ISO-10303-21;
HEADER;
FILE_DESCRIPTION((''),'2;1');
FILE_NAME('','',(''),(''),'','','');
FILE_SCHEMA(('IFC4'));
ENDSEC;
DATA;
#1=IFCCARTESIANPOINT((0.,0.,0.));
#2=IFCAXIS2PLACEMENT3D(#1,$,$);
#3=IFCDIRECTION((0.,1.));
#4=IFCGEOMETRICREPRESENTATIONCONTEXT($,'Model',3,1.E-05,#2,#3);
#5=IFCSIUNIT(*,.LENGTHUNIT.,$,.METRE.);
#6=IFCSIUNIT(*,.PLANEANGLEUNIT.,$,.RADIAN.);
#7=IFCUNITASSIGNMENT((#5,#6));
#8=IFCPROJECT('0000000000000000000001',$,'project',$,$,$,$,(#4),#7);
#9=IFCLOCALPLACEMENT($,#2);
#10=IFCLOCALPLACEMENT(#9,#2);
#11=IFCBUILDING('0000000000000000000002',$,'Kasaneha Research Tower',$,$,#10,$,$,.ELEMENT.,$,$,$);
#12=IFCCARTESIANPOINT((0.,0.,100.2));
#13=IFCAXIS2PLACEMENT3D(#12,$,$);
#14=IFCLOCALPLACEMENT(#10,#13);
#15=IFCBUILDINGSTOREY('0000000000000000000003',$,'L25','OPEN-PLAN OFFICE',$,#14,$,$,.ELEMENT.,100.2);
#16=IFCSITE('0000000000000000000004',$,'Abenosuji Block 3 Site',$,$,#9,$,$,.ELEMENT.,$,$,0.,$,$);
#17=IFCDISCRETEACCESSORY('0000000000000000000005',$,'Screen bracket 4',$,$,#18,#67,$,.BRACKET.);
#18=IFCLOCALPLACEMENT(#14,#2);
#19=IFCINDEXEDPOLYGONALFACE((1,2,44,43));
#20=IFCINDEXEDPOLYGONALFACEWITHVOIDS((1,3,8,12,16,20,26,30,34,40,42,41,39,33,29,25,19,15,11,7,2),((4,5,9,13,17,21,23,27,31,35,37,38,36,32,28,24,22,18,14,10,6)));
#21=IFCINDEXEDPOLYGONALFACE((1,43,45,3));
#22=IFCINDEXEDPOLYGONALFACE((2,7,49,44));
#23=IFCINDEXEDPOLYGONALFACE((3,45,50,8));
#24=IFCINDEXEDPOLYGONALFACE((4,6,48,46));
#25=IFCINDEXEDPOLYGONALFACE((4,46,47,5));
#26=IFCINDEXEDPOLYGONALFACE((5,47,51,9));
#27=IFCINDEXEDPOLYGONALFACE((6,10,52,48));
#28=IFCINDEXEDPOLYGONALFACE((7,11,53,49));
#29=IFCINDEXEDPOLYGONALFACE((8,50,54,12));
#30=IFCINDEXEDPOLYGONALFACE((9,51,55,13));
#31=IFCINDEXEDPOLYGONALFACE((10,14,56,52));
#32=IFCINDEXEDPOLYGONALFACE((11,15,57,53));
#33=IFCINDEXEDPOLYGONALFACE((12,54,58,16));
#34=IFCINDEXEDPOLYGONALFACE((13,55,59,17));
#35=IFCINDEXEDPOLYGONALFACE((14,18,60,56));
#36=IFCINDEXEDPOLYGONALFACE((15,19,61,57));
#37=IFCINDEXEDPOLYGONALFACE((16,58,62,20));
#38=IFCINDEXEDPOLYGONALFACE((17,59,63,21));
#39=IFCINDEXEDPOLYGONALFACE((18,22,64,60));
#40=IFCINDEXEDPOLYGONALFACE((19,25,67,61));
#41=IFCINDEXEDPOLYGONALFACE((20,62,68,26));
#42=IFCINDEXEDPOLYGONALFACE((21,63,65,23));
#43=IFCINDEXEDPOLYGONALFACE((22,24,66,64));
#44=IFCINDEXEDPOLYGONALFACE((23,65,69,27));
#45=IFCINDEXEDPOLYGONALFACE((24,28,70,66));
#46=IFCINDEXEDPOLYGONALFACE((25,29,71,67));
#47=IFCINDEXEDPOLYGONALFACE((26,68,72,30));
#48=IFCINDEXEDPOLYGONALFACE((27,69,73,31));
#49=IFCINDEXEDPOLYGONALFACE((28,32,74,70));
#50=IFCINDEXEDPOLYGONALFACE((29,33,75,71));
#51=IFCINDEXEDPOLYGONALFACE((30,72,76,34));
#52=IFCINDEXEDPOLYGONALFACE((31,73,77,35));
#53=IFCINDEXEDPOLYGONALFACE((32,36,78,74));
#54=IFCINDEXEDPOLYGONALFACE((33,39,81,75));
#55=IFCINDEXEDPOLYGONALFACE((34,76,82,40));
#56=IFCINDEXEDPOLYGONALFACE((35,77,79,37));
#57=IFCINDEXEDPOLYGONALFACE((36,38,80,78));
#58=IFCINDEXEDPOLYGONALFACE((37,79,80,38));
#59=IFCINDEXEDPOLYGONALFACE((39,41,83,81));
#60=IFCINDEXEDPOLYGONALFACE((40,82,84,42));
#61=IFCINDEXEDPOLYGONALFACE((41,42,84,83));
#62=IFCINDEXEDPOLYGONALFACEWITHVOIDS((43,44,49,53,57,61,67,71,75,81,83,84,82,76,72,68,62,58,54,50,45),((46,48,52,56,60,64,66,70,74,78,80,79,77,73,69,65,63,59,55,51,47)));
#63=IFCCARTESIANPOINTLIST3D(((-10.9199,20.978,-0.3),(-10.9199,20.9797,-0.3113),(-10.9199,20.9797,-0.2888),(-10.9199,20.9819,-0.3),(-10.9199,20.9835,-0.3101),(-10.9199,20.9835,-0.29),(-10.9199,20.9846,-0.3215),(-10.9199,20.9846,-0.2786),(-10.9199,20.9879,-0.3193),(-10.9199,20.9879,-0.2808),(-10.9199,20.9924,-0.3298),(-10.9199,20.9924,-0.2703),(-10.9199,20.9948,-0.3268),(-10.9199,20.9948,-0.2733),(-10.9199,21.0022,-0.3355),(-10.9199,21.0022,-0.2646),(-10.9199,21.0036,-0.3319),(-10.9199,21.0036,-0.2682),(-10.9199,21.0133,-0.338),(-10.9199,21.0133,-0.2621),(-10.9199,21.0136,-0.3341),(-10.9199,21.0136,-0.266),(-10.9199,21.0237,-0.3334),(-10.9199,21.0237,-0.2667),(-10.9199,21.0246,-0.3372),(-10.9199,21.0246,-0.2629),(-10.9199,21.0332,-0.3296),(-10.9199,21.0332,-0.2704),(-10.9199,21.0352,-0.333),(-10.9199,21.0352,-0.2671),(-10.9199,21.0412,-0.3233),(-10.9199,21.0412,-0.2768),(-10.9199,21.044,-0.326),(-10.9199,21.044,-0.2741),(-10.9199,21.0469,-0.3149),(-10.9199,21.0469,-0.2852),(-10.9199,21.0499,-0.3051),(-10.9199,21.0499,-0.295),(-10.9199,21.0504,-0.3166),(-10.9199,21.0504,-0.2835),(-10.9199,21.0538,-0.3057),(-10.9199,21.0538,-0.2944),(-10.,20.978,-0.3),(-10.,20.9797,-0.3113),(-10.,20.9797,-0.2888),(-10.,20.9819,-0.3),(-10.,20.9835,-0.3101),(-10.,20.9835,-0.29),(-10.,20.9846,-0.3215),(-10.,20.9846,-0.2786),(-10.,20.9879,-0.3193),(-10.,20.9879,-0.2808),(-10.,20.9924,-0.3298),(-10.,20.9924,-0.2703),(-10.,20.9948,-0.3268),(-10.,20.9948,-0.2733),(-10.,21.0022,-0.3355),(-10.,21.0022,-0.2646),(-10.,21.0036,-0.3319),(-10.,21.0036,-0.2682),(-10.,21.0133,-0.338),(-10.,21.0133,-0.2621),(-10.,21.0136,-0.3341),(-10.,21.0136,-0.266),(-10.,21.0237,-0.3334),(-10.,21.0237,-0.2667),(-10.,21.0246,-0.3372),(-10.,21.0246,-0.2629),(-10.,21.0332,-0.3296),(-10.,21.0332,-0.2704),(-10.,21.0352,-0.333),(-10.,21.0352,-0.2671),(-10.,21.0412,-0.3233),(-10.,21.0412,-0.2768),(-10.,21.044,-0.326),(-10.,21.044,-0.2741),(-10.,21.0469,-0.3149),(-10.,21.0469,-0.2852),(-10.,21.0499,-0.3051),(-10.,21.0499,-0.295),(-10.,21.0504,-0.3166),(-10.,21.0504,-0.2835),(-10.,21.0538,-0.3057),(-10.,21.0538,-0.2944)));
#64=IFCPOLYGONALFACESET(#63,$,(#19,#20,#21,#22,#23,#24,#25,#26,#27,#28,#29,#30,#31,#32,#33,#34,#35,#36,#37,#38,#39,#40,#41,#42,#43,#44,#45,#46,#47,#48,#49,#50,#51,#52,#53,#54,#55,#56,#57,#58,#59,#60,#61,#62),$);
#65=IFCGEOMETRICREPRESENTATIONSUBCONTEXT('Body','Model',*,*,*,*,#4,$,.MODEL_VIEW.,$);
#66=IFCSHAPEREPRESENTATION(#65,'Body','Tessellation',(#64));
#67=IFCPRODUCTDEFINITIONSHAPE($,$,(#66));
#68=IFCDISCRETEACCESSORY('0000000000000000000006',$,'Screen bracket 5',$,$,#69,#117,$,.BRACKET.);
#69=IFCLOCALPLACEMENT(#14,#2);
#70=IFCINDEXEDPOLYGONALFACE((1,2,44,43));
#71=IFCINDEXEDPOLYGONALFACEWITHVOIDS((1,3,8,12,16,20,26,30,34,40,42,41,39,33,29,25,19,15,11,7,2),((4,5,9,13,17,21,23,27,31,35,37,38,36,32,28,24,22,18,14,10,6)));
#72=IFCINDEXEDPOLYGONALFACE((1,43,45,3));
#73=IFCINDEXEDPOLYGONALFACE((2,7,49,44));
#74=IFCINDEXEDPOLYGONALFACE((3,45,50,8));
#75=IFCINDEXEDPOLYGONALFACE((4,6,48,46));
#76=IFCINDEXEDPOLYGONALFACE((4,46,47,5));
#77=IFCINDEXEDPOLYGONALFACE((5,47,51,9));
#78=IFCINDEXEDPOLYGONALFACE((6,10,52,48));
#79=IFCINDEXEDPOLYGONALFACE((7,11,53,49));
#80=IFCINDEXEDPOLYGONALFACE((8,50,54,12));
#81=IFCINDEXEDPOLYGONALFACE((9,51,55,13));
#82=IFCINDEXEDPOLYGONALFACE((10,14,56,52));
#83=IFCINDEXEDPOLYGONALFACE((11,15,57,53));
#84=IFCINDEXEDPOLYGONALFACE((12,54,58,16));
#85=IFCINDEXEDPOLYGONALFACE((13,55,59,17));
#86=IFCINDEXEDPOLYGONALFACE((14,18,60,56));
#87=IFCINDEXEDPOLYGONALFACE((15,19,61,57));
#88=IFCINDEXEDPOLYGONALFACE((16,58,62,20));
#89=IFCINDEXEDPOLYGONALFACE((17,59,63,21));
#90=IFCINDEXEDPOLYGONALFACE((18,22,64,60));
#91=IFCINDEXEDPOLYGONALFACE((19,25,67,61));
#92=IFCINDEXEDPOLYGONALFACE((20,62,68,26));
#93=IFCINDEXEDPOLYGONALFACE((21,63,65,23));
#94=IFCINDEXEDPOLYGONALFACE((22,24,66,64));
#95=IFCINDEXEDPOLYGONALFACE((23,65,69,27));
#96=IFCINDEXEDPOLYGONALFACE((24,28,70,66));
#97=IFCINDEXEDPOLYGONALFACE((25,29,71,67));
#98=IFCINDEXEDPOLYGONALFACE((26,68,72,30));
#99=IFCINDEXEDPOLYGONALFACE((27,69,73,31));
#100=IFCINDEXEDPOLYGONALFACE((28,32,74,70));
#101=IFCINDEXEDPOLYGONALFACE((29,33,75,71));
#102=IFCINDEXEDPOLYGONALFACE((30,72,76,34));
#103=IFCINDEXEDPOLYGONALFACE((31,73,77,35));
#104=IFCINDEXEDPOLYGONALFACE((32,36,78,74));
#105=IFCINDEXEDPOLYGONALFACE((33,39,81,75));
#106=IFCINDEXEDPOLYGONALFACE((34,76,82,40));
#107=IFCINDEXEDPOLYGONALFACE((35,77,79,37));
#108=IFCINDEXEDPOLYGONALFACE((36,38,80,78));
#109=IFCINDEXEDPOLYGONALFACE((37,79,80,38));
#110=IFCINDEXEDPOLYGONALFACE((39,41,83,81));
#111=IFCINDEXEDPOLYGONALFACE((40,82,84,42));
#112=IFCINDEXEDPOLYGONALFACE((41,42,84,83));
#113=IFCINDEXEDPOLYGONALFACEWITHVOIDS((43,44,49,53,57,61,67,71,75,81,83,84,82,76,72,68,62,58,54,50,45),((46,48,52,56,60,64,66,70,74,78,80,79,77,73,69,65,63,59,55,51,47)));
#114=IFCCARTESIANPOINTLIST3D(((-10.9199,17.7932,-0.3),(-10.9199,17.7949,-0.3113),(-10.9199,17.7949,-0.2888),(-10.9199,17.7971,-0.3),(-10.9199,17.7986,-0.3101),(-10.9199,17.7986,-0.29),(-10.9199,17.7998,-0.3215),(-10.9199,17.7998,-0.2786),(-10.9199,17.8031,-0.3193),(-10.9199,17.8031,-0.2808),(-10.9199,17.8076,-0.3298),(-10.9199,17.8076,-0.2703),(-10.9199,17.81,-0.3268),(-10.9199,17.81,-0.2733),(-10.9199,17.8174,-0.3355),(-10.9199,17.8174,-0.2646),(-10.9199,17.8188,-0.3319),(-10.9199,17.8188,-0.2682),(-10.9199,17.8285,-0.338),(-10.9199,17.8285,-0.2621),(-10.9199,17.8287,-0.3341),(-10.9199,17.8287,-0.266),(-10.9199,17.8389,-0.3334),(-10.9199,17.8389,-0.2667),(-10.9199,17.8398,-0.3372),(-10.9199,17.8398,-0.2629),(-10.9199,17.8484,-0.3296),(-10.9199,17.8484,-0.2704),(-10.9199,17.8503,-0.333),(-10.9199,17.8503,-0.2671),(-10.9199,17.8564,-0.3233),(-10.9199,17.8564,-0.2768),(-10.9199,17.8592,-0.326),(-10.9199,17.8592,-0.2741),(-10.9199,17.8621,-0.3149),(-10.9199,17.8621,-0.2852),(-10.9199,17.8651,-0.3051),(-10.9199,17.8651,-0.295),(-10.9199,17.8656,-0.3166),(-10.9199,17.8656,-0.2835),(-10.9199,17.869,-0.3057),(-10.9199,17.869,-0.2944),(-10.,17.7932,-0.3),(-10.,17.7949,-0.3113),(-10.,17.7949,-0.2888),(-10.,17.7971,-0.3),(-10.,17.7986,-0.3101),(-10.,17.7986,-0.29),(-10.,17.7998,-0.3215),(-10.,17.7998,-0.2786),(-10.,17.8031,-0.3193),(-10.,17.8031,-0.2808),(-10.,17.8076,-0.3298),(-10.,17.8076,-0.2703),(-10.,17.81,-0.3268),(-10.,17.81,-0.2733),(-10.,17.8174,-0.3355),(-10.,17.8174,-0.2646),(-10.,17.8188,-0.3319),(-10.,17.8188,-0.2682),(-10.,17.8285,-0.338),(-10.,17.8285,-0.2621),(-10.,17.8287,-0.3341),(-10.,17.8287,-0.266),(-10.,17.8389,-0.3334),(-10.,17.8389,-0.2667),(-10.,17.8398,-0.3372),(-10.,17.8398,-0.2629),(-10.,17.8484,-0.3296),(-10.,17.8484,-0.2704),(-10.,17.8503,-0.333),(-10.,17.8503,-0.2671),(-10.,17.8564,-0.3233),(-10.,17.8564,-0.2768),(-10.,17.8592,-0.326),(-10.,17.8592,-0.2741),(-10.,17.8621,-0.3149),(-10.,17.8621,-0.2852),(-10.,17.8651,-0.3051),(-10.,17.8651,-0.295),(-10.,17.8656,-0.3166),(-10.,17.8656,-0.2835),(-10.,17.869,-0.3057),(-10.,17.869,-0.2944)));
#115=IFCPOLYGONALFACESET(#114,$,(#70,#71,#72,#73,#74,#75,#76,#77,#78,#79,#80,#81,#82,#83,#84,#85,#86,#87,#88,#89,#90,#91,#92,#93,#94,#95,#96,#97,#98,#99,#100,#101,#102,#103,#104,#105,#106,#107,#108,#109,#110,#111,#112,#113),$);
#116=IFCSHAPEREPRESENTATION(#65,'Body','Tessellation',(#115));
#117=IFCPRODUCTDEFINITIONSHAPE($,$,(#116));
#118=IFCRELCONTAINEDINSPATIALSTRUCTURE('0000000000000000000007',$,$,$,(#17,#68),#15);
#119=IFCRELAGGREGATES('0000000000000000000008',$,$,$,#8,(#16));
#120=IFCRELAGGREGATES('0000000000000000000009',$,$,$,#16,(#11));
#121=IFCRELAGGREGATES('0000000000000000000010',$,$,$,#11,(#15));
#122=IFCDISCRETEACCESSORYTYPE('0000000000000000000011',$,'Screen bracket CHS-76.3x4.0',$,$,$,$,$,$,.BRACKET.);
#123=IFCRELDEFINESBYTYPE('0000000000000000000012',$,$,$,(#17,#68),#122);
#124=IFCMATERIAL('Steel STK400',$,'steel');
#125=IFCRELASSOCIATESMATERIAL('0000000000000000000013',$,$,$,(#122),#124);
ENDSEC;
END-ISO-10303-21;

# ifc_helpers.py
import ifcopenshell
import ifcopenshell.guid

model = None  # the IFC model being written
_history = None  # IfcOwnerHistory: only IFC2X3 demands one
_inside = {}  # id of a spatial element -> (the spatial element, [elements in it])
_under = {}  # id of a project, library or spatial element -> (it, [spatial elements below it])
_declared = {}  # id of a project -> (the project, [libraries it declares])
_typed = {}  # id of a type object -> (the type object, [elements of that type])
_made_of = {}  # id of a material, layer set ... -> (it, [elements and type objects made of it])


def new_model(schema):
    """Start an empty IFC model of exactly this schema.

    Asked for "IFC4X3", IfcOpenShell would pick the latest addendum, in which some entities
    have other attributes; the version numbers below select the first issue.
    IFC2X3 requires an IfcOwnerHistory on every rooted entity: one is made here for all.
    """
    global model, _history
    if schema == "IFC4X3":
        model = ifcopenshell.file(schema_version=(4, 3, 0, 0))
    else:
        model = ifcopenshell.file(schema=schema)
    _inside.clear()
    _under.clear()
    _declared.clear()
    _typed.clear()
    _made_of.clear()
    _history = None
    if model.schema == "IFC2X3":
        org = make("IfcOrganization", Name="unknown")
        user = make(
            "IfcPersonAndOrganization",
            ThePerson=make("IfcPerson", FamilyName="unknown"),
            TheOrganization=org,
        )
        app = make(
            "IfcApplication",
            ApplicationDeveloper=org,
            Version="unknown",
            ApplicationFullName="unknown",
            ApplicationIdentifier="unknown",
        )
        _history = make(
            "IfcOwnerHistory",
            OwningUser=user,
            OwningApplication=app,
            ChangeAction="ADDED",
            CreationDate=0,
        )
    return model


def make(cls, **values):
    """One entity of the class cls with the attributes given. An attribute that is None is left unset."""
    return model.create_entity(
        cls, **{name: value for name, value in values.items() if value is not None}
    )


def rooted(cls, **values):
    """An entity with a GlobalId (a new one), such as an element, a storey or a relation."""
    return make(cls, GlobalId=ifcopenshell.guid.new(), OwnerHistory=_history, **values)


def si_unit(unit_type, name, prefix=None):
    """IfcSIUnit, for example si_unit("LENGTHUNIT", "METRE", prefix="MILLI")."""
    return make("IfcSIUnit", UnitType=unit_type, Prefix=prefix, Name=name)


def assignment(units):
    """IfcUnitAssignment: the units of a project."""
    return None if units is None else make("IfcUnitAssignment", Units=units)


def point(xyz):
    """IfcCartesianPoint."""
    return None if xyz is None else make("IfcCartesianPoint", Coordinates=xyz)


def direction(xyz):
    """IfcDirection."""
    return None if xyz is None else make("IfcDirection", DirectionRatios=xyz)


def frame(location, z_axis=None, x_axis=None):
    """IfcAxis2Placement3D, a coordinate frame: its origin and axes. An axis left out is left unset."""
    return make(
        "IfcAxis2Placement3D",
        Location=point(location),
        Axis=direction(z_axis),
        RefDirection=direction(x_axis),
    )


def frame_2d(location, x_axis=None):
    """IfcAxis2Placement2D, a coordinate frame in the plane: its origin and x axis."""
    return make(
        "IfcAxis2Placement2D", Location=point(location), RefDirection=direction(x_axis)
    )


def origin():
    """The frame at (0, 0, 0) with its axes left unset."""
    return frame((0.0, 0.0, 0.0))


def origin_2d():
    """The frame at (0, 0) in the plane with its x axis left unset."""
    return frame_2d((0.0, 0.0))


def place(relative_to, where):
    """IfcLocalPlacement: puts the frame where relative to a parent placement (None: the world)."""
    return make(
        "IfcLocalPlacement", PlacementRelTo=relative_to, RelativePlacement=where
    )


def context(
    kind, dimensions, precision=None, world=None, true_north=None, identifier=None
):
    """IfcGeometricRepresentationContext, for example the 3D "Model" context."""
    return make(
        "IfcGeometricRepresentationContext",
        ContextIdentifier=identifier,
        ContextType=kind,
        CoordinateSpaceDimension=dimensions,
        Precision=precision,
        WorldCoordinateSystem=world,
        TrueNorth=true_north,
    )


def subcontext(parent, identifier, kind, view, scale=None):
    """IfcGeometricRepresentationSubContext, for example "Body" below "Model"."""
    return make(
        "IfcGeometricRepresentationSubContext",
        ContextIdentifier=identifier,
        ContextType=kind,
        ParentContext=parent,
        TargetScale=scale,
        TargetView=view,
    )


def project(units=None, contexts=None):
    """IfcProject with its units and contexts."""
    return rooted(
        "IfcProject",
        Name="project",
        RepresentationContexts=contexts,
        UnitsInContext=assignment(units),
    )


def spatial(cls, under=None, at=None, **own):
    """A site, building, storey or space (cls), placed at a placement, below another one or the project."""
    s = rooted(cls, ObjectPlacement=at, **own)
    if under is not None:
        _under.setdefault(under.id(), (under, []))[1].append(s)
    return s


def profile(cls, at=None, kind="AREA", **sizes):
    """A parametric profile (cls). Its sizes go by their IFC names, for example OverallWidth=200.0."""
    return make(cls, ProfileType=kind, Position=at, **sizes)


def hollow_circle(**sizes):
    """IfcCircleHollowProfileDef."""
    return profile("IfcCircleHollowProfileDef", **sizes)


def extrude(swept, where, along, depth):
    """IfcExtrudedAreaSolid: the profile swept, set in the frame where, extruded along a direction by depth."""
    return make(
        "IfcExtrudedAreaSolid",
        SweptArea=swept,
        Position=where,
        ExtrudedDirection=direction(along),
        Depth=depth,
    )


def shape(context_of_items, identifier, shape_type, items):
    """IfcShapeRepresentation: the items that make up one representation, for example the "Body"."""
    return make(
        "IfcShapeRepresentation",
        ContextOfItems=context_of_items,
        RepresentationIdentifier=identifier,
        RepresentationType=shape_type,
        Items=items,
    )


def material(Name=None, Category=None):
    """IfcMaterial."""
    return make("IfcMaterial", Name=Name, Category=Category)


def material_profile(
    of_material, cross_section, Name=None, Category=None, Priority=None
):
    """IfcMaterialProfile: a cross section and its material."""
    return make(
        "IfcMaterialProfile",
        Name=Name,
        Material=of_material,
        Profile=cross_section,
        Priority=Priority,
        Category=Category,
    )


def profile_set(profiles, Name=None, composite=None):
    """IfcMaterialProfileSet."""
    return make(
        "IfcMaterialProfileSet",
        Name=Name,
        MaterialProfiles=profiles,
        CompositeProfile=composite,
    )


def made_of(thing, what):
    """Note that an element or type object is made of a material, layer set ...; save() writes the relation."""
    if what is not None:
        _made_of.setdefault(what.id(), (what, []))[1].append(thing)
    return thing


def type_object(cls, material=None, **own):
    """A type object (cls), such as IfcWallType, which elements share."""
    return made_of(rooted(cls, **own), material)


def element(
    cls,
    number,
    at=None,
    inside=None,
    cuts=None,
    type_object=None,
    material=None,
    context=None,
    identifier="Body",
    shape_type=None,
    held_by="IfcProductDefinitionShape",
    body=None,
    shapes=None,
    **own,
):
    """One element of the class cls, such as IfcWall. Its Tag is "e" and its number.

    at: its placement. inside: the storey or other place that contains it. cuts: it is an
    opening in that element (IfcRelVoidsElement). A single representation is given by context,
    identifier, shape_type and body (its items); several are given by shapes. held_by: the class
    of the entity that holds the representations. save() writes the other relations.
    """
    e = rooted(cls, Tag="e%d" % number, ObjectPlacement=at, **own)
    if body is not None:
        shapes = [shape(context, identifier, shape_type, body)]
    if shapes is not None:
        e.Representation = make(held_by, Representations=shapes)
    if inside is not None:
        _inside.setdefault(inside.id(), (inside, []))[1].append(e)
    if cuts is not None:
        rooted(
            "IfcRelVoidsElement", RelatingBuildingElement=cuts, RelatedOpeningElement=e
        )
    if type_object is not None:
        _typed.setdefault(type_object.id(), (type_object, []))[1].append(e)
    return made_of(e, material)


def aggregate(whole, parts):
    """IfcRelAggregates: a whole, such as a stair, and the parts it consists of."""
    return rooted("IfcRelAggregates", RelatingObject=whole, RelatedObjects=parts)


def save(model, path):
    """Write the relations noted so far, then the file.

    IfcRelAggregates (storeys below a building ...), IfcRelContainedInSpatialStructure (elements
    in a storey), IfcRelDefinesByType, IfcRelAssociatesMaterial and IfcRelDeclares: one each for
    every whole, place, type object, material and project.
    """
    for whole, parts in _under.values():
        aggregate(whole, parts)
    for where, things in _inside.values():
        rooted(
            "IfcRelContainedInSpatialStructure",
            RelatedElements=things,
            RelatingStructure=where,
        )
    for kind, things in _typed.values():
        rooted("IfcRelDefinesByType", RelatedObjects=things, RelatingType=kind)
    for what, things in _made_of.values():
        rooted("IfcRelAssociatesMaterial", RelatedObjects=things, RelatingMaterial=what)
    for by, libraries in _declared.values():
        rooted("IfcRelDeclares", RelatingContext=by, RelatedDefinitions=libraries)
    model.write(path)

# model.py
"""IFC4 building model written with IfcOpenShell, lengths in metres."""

from ifc_helpers import new_model, si_unit, direction, frame, origin, origin_2d, place, context, subcontext, project, spatial, hollow_circle, extrude, material, material_profile, profile_set, type_object, element, save


model = new_model("IFC4")

# Units and contexts
model_context = context("Model", 3, precision=1e-05, world=origin(), true_north=direction((0.0, 1.0)))
body_context = subcontext(model_context, "Body", "Model", "MODEL_VIEW")
ifc_project = project(units=[si_unit("LENGTHUNIT", "METRE"), si_unit("PLANEANGLEUNIT", "RADIAN")], contexts=[model_context])

# Site, building, storey
site_placement = place(None, origin())
site = spatial("IfcSite", under=ifc_project, at=site_placement, Name="Abenosuji Block 3 Site", CompositionType="ELEMENT", RefElevation=0.0)
building_placement = place(site_placement, origin())
building = spatial("IfcBuilding", under=site, at=building_placement, Name="Kasaneha Research Tower", CompositionType="ELEMENT")
storey_placement = place(building_placement, frame((0.0, 0.0, 100.2)))
storey = spatial("IfcBuildingStorey", under=building, at=storey_placement, Name="L25", Description="OPEN-PLAN OFFICE", CompositionType="ELEMENT", Elevation=100.2)

# Discrete accessories
ifc_material_1 = material(Name="Steel STK400", Category="steel")
ifc_material_profile_1 = material_profile(ifc_material_1, hollow_circle(Radius=0.0381, WallThickness=0.0039, at=origin_2d()), Name="CHS-76.3x4.0")
ifc_profile_set_1 = profile_set([ifc_material_profile_1], Name="Steel STK400")
discrete_accessory_type = type_object("IfcDiscreteAccessoryType", Name="Screen bracket CHS-76.3x4.0", PredefinedType="BRACKET", material=ifc_profile_set_1)
for number, where, z_axis, x_axis, name in (
    (1, (-10.0, 21.0161, -0.3), (-1.0, 0.0, 0.0), (0.0, -1.0, 0.0), "Screen bracket 4"),
    (2, (-10.0, 17.8313, -0.3), (-1.0, 0.0, 0.0), (0.0, -1.0, 0.0), "Screen bracket 5"),
):
    element("IfcDiscreteAccessory", number, at=place(storey_placement, frame(where, z_axis=z_axis, x_axis=x_axis)), inside=storey, type_object=discrete_accessory_type, Name=name, PredefinedType="BRACKET", context=body_context, shape_type="SweptSolid", body=[
        extrude(hollow_circle(Radius=0.0381, WallThickness=0.0039, at=origin_2d()), origin(), (0.0, 0.0, 1.0), 0.9199),
    ])

save(model, "model.ifc")
